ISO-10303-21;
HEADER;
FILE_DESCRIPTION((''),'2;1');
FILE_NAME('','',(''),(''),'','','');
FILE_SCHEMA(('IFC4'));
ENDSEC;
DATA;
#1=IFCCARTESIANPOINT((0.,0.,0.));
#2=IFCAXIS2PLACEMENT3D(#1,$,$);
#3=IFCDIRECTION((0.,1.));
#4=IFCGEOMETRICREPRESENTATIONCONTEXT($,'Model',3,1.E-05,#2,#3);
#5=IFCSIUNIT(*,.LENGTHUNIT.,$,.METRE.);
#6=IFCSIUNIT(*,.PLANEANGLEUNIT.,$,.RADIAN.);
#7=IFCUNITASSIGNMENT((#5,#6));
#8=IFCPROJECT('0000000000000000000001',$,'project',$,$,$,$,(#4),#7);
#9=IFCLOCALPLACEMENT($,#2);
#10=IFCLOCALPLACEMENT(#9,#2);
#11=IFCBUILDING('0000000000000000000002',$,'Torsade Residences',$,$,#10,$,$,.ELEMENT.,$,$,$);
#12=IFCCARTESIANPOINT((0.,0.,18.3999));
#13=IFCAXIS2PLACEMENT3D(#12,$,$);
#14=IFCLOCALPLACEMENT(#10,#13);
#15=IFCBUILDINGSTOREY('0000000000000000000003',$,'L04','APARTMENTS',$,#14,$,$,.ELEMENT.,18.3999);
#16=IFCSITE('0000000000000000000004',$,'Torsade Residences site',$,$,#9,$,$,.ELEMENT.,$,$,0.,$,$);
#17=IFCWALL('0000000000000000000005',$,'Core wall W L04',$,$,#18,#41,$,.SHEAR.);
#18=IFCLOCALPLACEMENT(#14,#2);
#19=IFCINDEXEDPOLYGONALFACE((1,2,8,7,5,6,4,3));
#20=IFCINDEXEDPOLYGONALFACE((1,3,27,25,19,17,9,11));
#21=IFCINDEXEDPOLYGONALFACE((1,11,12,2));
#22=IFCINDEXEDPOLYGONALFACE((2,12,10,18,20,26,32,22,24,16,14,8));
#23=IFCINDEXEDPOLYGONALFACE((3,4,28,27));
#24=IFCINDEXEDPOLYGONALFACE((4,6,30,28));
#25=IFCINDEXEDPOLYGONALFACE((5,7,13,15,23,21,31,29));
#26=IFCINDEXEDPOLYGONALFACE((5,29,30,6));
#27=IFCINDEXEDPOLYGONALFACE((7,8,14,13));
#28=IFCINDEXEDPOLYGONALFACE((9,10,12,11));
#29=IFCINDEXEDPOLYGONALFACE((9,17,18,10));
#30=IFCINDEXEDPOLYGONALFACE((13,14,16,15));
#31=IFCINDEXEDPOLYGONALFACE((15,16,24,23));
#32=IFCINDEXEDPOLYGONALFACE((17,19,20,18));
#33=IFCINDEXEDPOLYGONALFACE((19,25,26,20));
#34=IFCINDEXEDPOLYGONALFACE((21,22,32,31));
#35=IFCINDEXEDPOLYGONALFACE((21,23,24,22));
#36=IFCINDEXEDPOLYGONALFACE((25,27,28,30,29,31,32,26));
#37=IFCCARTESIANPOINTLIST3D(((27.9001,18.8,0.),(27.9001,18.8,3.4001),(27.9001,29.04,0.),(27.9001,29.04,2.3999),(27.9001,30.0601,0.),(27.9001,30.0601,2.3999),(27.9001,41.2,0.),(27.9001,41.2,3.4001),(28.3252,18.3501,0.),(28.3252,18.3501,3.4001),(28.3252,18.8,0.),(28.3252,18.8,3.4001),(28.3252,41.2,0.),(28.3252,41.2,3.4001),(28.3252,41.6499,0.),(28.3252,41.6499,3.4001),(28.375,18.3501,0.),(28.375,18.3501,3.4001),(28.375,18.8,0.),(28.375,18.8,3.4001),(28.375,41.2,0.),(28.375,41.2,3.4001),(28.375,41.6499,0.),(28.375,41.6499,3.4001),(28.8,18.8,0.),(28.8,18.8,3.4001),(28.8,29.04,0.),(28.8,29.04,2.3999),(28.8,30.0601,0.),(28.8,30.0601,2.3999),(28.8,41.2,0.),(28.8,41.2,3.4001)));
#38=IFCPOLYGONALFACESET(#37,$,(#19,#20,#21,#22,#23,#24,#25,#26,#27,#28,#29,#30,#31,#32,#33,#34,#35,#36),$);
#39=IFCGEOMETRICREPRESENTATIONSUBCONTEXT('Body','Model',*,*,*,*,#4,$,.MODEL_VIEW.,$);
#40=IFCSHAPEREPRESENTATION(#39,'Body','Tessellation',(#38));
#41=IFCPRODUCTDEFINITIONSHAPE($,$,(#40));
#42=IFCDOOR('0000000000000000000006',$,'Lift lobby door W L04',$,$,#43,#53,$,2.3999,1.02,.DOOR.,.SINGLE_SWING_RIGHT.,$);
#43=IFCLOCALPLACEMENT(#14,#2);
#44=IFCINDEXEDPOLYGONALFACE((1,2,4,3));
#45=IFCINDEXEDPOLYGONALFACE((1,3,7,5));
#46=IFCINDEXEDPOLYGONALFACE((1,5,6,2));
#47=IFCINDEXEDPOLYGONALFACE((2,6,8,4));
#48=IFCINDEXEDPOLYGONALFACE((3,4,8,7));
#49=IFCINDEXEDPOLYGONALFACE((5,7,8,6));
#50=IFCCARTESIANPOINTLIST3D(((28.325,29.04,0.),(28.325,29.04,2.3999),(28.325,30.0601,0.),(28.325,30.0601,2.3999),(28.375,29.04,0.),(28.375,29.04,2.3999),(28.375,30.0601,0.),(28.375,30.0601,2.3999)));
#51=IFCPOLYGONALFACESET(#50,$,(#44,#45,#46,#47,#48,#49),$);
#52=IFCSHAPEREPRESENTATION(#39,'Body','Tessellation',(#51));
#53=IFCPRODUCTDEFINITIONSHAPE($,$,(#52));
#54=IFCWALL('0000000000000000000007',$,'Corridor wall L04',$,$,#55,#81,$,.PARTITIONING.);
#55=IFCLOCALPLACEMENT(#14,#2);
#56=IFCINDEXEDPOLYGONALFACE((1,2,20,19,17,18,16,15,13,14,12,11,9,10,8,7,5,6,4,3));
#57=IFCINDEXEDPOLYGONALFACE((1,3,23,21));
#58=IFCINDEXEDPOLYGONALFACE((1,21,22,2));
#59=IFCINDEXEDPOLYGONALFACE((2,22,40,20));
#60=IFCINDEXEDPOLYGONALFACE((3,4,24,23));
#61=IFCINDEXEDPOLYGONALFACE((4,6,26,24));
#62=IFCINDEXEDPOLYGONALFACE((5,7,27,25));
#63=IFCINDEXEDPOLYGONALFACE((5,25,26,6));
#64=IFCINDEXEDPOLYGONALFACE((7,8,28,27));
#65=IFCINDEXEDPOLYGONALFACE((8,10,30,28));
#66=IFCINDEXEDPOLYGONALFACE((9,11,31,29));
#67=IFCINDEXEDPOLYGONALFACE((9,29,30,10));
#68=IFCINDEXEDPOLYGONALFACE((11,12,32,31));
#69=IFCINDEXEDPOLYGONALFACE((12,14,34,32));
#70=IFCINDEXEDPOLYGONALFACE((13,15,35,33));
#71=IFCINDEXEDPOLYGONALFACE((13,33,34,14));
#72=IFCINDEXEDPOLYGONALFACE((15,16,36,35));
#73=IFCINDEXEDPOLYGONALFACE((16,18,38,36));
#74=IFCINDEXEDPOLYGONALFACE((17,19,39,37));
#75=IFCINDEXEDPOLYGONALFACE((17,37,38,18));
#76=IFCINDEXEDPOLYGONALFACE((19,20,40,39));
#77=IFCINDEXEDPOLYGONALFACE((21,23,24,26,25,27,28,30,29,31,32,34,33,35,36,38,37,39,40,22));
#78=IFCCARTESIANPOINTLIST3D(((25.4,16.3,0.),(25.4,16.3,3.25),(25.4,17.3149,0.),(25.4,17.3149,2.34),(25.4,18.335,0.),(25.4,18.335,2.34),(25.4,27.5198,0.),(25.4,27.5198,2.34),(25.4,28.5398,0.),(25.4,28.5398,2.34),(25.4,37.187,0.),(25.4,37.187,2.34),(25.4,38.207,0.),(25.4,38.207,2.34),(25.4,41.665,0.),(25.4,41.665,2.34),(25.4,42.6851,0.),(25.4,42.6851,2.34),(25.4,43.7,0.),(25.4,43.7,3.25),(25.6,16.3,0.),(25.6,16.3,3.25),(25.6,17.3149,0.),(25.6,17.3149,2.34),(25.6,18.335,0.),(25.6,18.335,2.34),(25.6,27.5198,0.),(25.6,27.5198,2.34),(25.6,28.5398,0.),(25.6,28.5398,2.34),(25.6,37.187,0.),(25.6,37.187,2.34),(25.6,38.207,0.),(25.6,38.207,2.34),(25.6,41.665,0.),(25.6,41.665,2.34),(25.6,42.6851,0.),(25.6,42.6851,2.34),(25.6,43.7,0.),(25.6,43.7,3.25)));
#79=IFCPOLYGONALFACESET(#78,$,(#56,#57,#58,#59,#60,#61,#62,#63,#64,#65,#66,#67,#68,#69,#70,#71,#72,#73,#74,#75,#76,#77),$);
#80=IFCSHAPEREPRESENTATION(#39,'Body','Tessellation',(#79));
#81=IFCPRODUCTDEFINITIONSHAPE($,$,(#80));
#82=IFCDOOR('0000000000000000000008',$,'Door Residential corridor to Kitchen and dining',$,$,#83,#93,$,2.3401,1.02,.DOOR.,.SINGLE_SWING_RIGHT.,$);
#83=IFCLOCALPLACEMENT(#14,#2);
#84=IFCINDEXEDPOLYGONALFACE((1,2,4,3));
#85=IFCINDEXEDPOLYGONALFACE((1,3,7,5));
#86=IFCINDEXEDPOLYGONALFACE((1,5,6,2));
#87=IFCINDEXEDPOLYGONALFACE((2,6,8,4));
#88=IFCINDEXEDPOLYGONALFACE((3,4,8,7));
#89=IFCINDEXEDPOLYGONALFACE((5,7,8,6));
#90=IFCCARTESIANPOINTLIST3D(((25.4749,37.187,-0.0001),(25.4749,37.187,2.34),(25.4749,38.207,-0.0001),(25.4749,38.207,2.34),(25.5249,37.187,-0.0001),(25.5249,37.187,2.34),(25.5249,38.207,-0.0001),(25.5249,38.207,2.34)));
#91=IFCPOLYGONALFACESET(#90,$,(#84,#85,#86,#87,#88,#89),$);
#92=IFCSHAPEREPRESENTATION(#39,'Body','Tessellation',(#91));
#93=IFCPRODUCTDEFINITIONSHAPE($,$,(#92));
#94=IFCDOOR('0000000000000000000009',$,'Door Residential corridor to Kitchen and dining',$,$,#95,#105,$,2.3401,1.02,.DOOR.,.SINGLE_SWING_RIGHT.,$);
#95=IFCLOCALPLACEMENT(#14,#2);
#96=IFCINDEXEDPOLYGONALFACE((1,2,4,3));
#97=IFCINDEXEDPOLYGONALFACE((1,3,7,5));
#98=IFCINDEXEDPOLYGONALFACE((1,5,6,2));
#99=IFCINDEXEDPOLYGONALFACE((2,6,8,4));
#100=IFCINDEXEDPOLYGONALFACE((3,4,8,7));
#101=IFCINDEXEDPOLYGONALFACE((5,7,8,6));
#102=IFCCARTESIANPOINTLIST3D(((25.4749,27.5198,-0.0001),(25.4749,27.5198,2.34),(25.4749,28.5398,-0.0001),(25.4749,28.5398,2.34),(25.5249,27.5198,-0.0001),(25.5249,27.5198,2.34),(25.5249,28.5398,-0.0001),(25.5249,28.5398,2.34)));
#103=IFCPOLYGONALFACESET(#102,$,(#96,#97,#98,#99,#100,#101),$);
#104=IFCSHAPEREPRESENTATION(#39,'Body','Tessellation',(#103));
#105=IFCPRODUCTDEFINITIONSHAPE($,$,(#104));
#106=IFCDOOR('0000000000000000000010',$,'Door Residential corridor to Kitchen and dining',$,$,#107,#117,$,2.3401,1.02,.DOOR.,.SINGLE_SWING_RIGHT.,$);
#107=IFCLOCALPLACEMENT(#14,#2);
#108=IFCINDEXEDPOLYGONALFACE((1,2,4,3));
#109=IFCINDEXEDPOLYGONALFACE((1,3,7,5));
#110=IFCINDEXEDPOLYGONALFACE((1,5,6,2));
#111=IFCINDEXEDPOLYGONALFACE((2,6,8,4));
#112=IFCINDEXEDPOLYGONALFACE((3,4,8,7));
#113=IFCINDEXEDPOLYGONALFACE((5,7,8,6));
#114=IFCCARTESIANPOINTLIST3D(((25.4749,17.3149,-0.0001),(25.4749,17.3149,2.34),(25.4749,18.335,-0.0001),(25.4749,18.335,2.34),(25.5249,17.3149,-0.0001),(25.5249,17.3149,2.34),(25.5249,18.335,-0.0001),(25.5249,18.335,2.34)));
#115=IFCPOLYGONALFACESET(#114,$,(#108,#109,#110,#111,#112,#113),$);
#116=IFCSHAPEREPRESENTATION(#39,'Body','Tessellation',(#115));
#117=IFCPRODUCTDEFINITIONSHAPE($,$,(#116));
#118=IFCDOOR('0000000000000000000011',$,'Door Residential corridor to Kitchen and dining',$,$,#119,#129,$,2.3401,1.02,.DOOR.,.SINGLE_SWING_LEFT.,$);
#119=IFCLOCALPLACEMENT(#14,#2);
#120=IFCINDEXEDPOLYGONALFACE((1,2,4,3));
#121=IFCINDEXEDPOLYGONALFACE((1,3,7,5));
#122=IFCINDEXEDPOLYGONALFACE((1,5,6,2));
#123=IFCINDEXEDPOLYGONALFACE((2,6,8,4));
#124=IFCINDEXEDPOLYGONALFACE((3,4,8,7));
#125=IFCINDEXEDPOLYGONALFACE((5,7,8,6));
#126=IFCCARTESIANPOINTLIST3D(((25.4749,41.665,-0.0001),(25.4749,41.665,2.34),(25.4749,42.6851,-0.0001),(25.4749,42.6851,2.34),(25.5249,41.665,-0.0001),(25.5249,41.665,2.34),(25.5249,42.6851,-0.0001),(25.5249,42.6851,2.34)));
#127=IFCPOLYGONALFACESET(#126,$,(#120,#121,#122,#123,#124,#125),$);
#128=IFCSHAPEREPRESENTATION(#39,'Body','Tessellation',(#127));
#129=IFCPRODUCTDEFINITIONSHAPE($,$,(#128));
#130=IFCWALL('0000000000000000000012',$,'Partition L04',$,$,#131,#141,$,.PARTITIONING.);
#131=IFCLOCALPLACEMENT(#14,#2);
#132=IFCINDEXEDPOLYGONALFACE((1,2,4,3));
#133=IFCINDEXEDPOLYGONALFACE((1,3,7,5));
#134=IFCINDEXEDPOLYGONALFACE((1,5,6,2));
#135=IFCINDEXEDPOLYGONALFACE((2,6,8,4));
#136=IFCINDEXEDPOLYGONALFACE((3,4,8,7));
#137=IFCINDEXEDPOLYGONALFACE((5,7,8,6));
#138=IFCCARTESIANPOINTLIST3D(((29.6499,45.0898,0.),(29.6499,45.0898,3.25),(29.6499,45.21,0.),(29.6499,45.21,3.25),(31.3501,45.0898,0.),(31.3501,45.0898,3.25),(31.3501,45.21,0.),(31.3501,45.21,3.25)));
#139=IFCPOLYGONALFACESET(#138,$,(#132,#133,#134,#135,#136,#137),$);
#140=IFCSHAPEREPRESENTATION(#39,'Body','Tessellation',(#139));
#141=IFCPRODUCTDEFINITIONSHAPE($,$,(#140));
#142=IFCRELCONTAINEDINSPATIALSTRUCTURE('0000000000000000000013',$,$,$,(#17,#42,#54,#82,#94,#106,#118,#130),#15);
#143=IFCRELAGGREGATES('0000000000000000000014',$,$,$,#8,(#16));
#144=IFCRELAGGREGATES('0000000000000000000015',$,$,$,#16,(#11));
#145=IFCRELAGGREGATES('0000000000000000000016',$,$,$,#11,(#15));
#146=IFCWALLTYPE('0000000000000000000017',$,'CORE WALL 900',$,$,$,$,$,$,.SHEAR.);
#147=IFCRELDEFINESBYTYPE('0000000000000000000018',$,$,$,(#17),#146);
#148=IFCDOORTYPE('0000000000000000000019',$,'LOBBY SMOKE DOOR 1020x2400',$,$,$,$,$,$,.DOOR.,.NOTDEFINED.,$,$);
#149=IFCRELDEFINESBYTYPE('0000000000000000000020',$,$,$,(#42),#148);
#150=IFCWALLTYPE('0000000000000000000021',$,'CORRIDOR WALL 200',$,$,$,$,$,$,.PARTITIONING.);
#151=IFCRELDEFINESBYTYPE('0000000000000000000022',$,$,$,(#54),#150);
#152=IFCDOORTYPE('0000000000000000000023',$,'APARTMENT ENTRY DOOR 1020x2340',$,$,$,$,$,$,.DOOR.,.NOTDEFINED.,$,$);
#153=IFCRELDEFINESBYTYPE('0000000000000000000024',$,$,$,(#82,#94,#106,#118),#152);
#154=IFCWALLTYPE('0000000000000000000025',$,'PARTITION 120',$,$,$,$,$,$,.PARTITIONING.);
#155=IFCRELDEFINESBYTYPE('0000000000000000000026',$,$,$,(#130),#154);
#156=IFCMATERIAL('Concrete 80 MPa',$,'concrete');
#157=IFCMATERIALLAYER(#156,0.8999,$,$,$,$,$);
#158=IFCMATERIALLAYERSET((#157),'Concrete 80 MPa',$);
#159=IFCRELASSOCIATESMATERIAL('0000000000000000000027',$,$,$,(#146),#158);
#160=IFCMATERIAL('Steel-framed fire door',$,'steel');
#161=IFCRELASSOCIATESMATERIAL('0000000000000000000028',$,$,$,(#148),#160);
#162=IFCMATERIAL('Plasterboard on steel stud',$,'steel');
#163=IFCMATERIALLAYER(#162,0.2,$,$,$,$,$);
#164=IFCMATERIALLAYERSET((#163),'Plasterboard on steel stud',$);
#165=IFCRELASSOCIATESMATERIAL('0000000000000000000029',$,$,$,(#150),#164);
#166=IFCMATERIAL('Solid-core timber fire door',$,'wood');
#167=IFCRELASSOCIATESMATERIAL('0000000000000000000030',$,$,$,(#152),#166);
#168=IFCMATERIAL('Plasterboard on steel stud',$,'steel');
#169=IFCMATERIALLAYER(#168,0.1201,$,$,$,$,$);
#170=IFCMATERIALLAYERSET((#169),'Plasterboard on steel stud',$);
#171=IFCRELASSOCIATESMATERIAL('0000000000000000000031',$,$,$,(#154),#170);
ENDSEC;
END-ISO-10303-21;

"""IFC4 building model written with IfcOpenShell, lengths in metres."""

from ifc_helpers import new_model, si_unit, direction, frame, frame_2d, origin, place, context, subcontext, project, spatial, polyline, rectangle, outline, extrude, material, layer, layer_set, type_object, element, fill, save


model = new_model("IFC4")

# Units and contexts
model_context = context("Model", 3, precision=1e-05, world=origin(), true_north=direction((0.0, 1.0)))
body_context = subcontext(model_context, "Body", "Model", "MODEL_VIEW")
ifc_project = project(units=[si_unit("LENGTHUNIT", "METRE"), si_unit("PLANEANGLEUNIT", "RADIAN")], contexts=[model_context])

# Site, building, storey
site_placement = place(None, origin())
site = spatial("IfcSite", under=ifc_project, at=site_placement, Name="Torsade Residences site", CompositionType="ELEMENT", RefElevation=0.0)
building_placement = place(site_placement, origin())
building = spatial("IfcBuilding", under=site, at=building_placement, Name="Torsade Residences", CompositionType="ELEMENT")
storey_placement = place(building_placement, frame((0.0, 0.0, 18.3999)))
storey = spatial("IfcBuildingStorey", under=building, at=storey_placement, Name="L04", Description="APARTMENTS", CompositionType="ELEMENT", Elevation=18.3999)

# Shared definitions
ifc_material_1 = material(Name="Concrete 80 MPa", Category="concrete")
ifc_layer_1 = layer(ifc_material_1, 0.8999)
ifc_layer_set_1 = layer_set([ifc_layer_1], Name="Concrete 80 MPa")
wall_type_1 = type_object("IfcWallType", Name="CORE WALL 900", PredefinedType="SHEAR", material=ifc_layer_set_1)

# Wall, opening, door
wall_1_placement = place(storey_placement, frame((28.3501, 41.2, 0.0), z_axis=(0.0, 0.0, 1.0), x_axis=(0.0, -1.0, 0.0)))
wall_1 = element("IfcWall", 1, at=wall_1_placement, inside=storey, type_object=wall_type_1, Name="Core wall W L04", PredefinedType="SHEAR", context=body_context, shape_type="SweptSolid", body=[
    extrude(outline(polyline([(0.0, -0.45), (22.3999, -0.45), (22.3999, -0.0249), (22.8499, -0.0249), (22.8499, 0.0249), (22.3999, 0.0249), (22.3999, 0.45), (0.0, 0.45), (0.0, 0.0249), (-0.45, 0.0249), (-0.45, -0.0249), (0.0, -0.0249), (0.0, -0.45)])), origin(), (0.0, 0.0, 1.0), 3.4001),
])
opening_1_placement = place(wall_1_placement, frame((11.1399, 0.0, 0.0)))
opening_1 = element("IfcOpeningElement", 2, at=opening_1_placement, cuts=wall_1, PredefinedType="OPENING", context=body_context, shape_type="SweptSolid", body=[
    extrude(rectangle(XDim=1.02, YDim=2.3999, at=frame_2d((0.51, 1.2))), frame((0.0, 0.46, 0.0), z_axis=(0.0, -1.0, 0.0), x_axis=(1.0, 0.0, 0.0)), (0.0, 0.0, 1.0), 0.9199),
])
ifc_material_2 = material(Name="Steel-framed fire door", Category="steel")
door_type_1 = type_object("IfcDoorType", Name="LOBBY SMOKE DOOR 1020x2400", OperationType="NOTDEFINED", PredefinedType="DOOR", material=ifc_material_2)
door_1_placement = place(opening_1_placement, origin())
door_1 = element("IfcDoor", 3, at=door_1_placement, inside=storey, type_object=door_type_1, Name="Lift lobby door W L04", OperationType="SINGLE_SWING_RIGHT", OverallHeight=2.3999, OverallWidth=1.02, PredefinedType="DOOR", context=body_context, shape_type="SweptSolid", body=[
    extrude(rectangle(XDim=1.02, YDim=2.3999, at=frame_2d((0.51, 1.2))), frame((0.0, 0.0249, 0.0), z_axis=(0.0, -1.0, 0.0), x_axis=(1.0, 0.0, 0.0)), (0.0, 0.0, 1.0), 0.05),
])
fill(opening_1, door_1)

# Wall, openings, doors
ifc_material_3 = material(Name="Plasterboard on steel stud", Category="steel")
ifc_layer_2 = layer(ifc_material_3, 0.2)
ifc_layer_set_2 = layer_set([ifc_layer_2], Name="Plasterboard on steel stud")
wall_type_2 = type_object("IfcWallType", Name="CORRIDOR WALL 200", PredefinedType="PARTITIONING", material=ifc_layer_set_2)
wall_2_placement = place(storey_placement, frame((25.5, 43.7, 0.0), z_axis=(0.0, 0.0, 1.0), x_axis=(0.0, -1.0, 0.0)))
wall_2 = element("IfcWall", 4, at=wall_2_placement, inside=storey, type_object=wall_type_2, Name="Corridor wall L04", PredefinedType="PARTITIONING", context=body_context, shape_type="SweptSolid", body=[
    extrude(rectangle(XDim=27.3999, YDim=0.2, at=frame_2d((13.7, 0.0))), origin(), (0.0, 0.0, 1.0), 3.25),
])
opening_2_placement = place(wall_2_placement, frame((5.4929, 0.0, 0.0)))
opening_2 = element("IfcOpeningElement", 5, at=opening_2_placement, cuts=wall_2, PredefinedType="OPENING", context=body_context, shape_type="SweptSolid", body=[
    extrude(rectangle(XDim=1.02, YDim=2.3401, at=frame_2d((0.51, 1.1699))), frame((0.0, 0.1099, 0.0), z_axis=(0.0, -1.0, 0.0), x_axis=(1.0, 0.0, 0.0)), (0.0, 0.0, 1.0), 0.22),
])
opening_3_placement = place(wall_2_placement, frame((15.1602, 0.0, 0.0)))
opening_3 = element("IfcOpeningElement", 6, at=opening_3_placement, cuts=wall_2, PredefinedType="OPENING", context=body_context, shape_type="SweptSolid", body=[
    extrude(rectangle(XDim=1.02, YDim=2.3401, at=frame_2d((0.51, 1.1699))), frame((0.0, 0.1099, 0.0), z_axis=(0.0, -1.0, 0.0), x_axis=(1.0, 0.0, 0.0)), (0.0, 0.0, 1.0), 0.22),
])
opening_4_placement = place(wall_2_placement, frame((25.365, 0.0, 0.0)))
opening_4 = element("IfcOpeningElement", 7, at=opening_4_placement, cuts=wall_2, PredefinedType="OPENING", context=body_context, shape_type="SweptSolid", body=[
    extrude(rectangle(XDim=1.02, YDim=2.3401, at=frame_2d((0.51, 1.1699))), frame((0.0, 0.1099, 0.0), z_axis=(0.0, -1.0, 0.0), x_axis=(1.0, 0.0, 0.0)), (0.0, 0.0, 1.0), 0.22),
])
opening_5_placement = place(wall_2_placement, frame((1.0149, 0.0, 0.0)))
opening_5 = element("IfcOpeningElement", 8, at=opening_5_placement, cuts=wall_2, PredefinedType="OPENING", context=body_context, shape_type="SweptSolid", body=[
    extrude(rectangle(XDim=1.02, YDim=2.3401, at=frame_2d((0.51, 1.1699))), frame((0.0, 0.1099, 0.0), z_axis=(0.0, -1.0, 0.0), x_axis=(1.0, 0.0, 0.0)), (0.0, 0.0, 1.0), 0.22),
])
ifc_material_4 = material(Name="Solid-core timber fire door", Category="wood")
door_type_2 = type_object("IfcDoorType", Name="APARTMENT ENTRY DOOR 1020x2340", OperationType="NOTDEFINED", PredefinedType="DOOR", material=ifc_material_4)
door_2_placement = place(opening_2_placement, origin())
door_2 = element("IfcDoor", 9, at=door_2_placement, inside=storey, type_object=door_type_2, Name="Door Residential corridor to Kitchen and dining", OperationType="SINGLE_SWING_RIGHT", OverallHeight=2.3401, OverallWidth=1.02, PredefinedType="DOOR", context=body_context, shape_type="SweptSolid", body=[
    extrude(rectangle(XDim=1.02, YDim=2.3401, at=frame_2d((0.51, 1.1699))), frame((0.0, 0.0249, 0.0), z_axis=(0.0, -1.0, 0.0), x_axis=(1.0, 0.0, 0.0)), (0.0, 0.0, 1.0), 0.05),
])
fill(opening_2, door_2)
door_3_placement = place(opening_3_placement, origin())
door_3 = element("IfcDoor", 10, at=door_3_placement, inside=storey, type_object=door_type_2, Name="Door Residential corridor to Kitchen and dining", OperationType="SINGLE_SWING_RIGHT", OverallHeight=2.3401, OverallWidth=1.02, PredefinedType="DOOR", context=body_context, shape_type="SweptSolid", body=[
    extrude(rectangle(XDim=1.02, YDim=2.3401, at=frame_2d((0.51, 1.1699))), frame((0.0, 0.0249, 0.0), z_axis=(0.0, -1.0, 0.0), x_axis=(1.0, 0.0, 0.0)), (0.0, 0.0, 1.0), 0.05),
])
fill(opening_3, door_3)
door_4_placement = place(opening_4_placement, origin())
door_4 = element("IfcDoor", 11, at=door_4_placement, inside=storey, type_object=door_type_2, Name="Door Residential corridor to Kitchen and dining", OperationType="SINGLE_SWING_RIGHT", OverallHeight=2.3401, OverallWidth=1.02, PredefinedType="DOOR", context=body_context, shape_type="SweptSolid", body=[
    extrude(rectangle(XDim=1.02, YDim=2.3401, at=frame_2d((0.51, 1.1699))), frame((0.0, 0.0249, 0.0), z_axis=(0.0, -1.0, 0.0), x_axis=(1.0, 0.0, 0.0)), (0.0, 0.0, 1.0), 0.05),
])
fill(opening_4, door_4)
door_5_placement = place(opening_5_placement, origin())
door_5 = element("IfcDoor", 12, at=door_5_placement, inside=storey, type_object=door_type_2, Name="Door Residential corridor to Kitchen and dining", OperationType="SINGLE_SWING_LEFT", OverallHeight=2.3401, OverallWidth=1.02, PredefinedType="DOOR", context=body_context, shape_type="SweptSolid", body=[
    extrude(rectangle(XDim=1.02, YDim=2.3401, at=frame_2d((0.51, 1.1699))), frame((0.0, 0.0249, 0.0), z_axis=(0.0, -1.0, 0.0), x_axis=(1.0, 0.0, 0.0)), (0.0, 0.0, 1.0), 0.05),
])
fill(opening_5, door_5)

# Wall
ifc_material_5 = material(Name="Plasterboard on steel stud", Category="steel")
ifc_layer_3 = layer(ifc_material_5, 0.1201)
ifc_layer_set_3 = layer_set([ifc_layer_3], Name="Plasterboard on steel stud")
wall_type_3 = type_object("IfcWallType", Name="PARTITION 120", PredefinedType="PARTITIONING", material=ifc_layer_set_3)
wall_3_placement = place(storey_placement, frame((29.6499, 45.1499, 0.0), z_axis=(0.0, 0.0, 1.0), x_axis=(1.0, 0.0, 0.0)))
element("IfcWall", 13, at=wall_3_placement, inside=storey, type_object=wall_type_3, Name="Partition L04", PredefinedType="PARTITIONING", context=body_context, shape_type="SweptSolid", body=[
    extrude(rectangle(XDim=1.7002, YDim=0.1201, at=frame_2d((0.8501, 0.0))), origin(), (0.0, 0.0, 1.0), 3.25),
])

save(model, "model.ifc")
